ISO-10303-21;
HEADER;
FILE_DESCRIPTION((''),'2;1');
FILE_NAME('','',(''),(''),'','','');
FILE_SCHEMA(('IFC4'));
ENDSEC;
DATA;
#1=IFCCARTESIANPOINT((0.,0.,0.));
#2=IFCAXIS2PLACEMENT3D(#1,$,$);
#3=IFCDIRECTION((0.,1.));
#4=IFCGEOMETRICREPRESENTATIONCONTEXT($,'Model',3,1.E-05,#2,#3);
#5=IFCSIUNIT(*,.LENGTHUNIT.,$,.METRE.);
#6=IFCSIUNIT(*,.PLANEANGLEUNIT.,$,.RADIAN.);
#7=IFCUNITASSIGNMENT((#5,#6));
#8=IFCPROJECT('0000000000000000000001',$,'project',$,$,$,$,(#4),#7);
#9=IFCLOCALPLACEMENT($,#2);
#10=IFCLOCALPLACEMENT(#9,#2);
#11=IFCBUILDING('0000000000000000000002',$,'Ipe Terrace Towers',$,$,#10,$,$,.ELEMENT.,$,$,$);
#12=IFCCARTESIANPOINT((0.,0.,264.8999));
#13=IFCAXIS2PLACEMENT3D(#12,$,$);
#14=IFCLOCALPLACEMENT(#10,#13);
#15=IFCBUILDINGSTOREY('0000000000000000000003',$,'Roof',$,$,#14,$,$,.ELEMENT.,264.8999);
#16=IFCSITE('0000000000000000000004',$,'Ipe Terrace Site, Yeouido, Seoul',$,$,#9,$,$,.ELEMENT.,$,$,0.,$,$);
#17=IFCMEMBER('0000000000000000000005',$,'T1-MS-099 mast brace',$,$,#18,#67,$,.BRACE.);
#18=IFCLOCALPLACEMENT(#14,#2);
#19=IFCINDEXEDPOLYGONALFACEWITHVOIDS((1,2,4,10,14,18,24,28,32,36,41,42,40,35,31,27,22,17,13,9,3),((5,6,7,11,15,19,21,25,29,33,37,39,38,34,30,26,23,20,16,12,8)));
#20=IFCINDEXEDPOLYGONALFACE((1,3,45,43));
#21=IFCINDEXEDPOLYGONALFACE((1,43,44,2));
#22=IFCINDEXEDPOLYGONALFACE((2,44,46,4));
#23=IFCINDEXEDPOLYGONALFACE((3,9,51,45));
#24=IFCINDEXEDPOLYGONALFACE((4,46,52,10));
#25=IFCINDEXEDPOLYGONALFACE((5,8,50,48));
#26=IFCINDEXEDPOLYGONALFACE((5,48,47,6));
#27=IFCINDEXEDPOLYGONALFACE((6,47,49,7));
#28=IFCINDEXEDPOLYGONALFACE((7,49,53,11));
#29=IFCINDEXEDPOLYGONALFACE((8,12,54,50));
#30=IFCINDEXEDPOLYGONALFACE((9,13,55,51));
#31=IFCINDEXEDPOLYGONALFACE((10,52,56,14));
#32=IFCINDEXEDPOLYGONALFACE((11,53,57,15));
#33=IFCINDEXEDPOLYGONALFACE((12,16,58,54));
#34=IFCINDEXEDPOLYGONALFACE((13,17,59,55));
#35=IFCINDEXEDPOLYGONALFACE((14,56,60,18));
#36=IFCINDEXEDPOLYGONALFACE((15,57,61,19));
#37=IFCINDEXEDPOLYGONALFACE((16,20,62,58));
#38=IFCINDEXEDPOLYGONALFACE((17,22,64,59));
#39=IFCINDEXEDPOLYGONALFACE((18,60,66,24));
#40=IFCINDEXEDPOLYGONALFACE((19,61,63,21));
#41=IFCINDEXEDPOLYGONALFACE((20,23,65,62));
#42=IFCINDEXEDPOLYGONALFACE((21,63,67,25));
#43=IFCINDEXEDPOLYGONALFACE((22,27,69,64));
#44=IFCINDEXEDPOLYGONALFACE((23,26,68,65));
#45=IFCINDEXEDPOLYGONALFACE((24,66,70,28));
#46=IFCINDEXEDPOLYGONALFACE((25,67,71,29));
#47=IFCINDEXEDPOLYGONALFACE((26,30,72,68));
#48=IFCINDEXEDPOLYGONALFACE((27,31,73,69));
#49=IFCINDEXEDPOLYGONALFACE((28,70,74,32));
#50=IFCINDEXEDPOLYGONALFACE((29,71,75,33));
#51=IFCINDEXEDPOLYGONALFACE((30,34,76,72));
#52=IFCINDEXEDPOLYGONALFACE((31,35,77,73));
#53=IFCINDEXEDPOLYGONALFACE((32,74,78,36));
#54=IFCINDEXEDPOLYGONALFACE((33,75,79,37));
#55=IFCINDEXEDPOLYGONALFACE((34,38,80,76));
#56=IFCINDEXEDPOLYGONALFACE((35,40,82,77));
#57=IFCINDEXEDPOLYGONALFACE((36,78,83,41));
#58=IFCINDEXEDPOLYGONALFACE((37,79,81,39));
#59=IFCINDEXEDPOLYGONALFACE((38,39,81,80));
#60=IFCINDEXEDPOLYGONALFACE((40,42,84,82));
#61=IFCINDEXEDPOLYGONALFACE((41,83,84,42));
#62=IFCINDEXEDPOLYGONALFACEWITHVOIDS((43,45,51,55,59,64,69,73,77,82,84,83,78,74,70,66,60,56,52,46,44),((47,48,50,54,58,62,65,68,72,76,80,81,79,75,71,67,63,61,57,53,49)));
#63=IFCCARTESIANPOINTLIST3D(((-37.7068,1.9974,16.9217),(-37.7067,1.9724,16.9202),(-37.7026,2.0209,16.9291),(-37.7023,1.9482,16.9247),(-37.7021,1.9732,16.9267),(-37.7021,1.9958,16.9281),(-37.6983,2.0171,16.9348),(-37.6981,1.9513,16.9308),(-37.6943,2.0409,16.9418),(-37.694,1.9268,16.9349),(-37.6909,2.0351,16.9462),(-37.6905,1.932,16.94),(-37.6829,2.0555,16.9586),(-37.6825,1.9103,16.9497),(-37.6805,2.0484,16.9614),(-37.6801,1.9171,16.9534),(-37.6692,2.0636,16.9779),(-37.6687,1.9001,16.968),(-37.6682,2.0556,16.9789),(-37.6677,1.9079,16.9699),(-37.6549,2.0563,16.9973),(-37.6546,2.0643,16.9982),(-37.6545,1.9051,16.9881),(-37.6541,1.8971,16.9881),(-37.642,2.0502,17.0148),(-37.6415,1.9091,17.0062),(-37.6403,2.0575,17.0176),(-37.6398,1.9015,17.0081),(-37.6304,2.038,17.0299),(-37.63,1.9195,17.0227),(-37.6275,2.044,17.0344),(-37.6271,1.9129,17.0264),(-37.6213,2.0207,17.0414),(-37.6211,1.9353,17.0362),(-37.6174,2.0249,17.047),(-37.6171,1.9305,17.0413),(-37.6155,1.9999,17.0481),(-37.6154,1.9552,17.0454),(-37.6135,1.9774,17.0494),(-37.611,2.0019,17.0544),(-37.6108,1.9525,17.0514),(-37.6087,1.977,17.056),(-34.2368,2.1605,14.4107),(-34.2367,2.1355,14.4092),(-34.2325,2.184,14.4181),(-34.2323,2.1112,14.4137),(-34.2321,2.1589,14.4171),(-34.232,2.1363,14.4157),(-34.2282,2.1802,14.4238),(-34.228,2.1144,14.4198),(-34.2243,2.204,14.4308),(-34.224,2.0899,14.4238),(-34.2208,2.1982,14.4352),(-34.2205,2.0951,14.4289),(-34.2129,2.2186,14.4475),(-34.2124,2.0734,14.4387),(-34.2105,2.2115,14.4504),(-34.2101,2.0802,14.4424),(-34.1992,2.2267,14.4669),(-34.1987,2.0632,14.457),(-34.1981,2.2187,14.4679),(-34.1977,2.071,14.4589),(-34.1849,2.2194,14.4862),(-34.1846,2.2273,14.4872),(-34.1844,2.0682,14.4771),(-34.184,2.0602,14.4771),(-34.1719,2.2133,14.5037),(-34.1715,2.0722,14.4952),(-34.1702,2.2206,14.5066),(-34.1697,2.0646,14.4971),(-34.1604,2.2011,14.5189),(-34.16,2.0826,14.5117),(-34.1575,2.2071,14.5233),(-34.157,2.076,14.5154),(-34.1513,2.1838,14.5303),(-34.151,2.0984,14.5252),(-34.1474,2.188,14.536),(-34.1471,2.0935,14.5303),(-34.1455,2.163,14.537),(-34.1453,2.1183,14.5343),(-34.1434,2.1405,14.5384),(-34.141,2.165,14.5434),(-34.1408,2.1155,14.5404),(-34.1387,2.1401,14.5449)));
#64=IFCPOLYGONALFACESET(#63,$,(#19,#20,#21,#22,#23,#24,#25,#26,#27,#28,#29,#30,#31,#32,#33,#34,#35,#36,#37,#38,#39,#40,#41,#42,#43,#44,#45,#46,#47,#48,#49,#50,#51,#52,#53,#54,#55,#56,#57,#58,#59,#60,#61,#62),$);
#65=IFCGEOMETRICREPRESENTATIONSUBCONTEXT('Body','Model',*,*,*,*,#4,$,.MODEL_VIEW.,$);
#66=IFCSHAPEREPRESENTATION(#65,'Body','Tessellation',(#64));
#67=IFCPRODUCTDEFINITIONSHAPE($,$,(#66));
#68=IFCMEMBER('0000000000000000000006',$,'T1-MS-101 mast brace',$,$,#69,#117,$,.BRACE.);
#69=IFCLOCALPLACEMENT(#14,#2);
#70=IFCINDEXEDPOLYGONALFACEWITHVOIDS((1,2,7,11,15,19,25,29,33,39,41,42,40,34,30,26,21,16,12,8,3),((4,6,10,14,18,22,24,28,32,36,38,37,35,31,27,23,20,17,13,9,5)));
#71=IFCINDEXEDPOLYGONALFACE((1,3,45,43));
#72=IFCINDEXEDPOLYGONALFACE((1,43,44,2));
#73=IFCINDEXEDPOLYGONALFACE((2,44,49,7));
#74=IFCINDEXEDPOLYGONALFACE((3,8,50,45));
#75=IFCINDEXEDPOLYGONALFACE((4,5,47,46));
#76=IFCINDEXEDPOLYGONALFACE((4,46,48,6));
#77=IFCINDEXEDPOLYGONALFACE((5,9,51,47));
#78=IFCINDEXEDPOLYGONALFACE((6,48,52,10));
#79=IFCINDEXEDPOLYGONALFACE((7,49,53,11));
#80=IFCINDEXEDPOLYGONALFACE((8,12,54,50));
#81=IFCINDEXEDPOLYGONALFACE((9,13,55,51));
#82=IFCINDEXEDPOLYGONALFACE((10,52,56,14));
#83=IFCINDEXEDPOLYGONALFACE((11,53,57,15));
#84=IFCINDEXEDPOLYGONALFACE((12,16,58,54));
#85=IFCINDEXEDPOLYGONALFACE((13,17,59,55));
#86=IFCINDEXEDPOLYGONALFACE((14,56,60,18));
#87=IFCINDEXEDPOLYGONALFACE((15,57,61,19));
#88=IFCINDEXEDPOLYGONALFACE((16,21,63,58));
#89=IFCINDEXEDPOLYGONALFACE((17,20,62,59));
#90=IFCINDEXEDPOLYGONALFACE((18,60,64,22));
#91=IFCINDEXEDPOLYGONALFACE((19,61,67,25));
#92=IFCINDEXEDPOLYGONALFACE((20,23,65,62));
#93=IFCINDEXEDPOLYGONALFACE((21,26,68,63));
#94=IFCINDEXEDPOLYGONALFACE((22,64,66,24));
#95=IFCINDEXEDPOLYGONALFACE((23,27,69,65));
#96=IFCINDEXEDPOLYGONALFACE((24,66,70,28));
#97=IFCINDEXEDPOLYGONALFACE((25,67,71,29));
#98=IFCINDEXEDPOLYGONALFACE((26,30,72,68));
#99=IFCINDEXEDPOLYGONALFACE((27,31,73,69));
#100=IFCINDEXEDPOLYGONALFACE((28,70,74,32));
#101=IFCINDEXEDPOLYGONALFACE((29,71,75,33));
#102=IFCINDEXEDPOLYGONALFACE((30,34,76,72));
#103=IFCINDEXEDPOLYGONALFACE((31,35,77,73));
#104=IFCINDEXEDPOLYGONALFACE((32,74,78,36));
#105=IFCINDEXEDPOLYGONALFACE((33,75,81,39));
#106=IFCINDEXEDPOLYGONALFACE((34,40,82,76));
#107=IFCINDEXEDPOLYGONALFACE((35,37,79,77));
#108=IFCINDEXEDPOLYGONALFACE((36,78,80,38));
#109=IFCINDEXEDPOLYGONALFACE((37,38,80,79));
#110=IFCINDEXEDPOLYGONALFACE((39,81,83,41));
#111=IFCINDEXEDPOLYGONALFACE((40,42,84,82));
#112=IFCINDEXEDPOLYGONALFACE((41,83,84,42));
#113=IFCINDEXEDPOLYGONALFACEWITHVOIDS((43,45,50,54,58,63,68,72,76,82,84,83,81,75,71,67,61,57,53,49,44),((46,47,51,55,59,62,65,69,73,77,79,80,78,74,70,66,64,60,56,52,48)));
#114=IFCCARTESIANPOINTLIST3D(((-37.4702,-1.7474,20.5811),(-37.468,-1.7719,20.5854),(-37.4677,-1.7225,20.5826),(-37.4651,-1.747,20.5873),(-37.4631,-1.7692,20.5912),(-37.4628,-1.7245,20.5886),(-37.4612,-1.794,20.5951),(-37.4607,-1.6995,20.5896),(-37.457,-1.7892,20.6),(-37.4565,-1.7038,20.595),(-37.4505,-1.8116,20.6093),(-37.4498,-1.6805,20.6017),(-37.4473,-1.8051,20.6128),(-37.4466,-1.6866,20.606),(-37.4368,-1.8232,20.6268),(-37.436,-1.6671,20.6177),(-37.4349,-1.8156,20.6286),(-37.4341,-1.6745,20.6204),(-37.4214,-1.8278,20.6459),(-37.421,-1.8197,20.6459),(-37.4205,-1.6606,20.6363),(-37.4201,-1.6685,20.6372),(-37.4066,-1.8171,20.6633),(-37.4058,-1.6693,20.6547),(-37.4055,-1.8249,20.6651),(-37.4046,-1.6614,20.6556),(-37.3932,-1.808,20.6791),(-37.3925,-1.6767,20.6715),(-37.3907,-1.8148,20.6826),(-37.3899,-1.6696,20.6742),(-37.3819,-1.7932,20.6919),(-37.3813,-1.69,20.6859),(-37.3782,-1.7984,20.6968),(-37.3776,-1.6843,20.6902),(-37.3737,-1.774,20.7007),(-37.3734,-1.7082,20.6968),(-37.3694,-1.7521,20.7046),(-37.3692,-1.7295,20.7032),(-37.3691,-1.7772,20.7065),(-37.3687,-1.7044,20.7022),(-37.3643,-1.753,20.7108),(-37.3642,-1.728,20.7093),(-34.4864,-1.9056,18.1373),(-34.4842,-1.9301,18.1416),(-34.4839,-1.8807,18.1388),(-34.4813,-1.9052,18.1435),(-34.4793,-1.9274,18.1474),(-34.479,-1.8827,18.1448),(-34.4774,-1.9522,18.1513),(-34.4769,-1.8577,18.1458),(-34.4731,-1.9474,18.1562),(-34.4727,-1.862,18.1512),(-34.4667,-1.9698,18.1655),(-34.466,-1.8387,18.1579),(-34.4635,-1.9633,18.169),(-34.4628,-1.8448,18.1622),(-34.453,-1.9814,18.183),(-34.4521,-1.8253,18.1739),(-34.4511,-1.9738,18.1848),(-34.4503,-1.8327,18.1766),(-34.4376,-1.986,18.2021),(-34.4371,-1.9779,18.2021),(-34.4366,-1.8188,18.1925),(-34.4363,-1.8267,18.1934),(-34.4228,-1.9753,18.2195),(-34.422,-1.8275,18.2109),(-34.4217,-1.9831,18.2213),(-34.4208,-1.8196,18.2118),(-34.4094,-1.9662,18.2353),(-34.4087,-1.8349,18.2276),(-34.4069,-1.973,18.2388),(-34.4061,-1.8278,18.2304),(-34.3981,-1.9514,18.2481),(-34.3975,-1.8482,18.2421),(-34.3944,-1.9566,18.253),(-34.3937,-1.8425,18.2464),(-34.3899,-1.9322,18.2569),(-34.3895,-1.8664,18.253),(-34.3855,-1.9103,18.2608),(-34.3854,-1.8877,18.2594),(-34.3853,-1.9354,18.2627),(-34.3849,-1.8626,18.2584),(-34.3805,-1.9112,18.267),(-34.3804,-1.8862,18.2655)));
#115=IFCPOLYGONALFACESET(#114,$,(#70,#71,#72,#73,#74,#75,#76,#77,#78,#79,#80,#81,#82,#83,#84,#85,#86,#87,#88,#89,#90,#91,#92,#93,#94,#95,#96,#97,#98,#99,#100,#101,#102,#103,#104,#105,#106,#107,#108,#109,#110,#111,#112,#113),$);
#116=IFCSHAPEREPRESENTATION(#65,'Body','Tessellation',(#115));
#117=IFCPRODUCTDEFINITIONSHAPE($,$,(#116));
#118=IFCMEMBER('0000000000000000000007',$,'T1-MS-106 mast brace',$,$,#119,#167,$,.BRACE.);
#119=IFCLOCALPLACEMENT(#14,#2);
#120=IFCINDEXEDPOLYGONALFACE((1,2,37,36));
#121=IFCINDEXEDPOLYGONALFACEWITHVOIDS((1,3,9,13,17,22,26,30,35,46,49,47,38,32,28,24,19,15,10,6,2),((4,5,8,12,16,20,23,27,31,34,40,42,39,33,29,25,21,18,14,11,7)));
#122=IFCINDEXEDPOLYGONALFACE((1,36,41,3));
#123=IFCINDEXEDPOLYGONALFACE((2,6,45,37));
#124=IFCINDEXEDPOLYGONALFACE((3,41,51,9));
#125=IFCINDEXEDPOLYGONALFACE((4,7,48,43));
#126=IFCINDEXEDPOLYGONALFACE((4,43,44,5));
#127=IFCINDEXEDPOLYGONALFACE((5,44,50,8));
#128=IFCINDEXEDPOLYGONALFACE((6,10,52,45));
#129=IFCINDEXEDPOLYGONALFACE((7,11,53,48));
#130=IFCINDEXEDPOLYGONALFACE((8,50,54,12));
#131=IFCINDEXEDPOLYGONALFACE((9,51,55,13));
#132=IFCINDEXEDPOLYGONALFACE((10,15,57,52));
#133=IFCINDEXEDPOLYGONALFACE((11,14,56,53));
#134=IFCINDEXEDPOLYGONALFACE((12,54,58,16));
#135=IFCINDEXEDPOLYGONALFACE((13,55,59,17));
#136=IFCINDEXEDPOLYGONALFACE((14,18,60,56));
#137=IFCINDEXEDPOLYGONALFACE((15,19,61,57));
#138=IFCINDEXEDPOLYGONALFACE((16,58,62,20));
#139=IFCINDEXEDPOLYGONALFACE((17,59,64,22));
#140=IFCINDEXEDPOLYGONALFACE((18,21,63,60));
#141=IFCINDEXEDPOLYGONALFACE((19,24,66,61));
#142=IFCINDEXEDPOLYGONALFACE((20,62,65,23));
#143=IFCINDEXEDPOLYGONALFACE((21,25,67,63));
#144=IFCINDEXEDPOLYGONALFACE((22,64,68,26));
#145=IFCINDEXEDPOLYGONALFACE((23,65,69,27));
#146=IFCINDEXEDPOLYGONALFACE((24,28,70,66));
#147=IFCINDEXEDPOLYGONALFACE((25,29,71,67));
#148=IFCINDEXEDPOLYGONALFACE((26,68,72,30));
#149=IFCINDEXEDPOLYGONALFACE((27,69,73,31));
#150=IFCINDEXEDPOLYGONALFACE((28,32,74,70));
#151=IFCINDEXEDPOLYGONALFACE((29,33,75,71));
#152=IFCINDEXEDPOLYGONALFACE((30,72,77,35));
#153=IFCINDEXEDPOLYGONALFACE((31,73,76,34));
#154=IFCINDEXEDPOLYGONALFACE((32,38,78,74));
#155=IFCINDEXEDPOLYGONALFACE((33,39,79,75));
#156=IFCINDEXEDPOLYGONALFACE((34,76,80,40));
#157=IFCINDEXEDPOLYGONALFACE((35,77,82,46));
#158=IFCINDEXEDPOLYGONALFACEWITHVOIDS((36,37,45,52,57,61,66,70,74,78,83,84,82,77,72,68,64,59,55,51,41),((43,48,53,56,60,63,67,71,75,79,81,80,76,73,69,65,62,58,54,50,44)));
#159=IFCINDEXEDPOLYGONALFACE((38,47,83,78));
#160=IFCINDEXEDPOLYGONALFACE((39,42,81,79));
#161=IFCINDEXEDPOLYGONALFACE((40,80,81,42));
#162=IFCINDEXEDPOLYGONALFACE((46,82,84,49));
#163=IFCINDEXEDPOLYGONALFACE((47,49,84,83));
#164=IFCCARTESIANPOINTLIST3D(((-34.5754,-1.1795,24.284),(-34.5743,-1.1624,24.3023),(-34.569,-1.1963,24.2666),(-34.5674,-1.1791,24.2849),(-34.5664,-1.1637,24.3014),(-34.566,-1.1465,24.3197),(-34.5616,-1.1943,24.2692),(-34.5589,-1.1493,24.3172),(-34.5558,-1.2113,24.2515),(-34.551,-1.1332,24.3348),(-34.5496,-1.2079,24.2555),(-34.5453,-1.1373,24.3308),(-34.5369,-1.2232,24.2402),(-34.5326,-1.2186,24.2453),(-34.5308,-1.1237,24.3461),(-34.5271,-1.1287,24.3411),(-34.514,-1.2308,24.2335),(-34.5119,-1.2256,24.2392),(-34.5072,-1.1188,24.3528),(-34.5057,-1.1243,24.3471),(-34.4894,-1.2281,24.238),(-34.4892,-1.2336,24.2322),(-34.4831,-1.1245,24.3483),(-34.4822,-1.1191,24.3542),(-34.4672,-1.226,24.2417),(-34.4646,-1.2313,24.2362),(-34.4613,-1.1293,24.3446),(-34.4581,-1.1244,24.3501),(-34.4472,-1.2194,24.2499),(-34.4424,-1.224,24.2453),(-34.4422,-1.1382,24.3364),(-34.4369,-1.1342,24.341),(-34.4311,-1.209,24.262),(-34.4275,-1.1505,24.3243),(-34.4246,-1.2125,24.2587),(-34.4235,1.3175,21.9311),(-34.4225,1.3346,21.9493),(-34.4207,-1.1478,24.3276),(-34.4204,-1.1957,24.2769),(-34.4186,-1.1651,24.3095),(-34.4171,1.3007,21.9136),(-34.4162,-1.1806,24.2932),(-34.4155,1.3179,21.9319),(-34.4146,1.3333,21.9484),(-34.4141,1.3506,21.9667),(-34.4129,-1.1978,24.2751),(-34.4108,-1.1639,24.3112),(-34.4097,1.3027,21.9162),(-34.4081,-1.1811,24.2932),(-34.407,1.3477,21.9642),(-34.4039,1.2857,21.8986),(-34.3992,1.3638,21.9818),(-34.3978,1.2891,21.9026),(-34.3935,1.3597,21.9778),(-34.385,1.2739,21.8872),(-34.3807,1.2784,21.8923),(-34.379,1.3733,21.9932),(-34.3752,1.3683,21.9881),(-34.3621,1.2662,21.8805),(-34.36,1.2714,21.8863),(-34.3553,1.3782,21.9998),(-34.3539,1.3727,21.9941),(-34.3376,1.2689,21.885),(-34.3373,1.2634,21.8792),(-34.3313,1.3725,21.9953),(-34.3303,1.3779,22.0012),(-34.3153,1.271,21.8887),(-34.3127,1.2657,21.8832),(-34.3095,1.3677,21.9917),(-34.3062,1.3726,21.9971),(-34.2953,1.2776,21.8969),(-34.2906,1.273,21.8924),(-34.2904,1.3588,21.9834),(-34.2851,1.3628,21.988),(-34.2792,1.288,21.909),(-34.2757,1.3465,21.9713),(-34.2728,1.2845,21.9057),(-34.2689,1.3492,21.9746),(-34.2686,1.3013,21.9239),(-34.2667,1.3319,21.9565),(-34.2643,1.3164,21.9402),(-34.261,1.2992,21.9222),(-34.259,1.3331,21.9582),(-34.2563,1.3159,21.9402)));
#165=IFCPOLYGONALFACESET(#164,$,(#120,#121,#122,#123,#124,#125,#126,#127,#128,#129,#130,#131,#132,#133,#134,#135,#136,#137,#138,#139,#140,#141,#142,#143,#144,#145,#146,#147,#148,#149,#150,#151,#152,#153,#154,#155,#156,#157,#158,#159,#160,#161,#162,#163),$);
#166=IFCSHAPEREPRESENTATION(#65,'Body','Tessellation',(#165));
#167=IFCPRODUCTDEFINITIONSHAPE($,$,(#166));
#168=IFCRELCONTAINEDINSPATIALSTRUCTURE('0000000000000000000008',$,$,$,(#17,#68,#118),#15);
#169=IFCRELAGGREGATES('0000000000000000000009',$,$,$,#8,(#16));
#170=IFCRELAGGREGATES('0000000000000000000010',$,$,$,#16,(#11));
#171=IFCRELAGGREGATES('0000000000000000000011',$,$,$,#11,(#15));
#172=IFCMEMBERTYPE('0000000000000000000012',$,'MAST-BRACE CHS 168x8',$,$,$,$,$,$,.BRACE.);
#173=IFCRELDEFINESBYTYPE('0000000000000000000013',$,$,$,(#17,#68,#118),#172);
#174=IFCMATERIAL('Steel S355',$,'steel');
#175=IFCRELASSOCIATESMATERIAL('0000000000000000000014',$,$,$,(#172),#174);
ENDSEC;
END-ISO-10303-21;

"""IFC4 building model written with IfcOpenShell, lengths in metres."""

from ifc_helpers import new_model, si_unit, direction, frame, origin, origin_2d, place, context, subcontext, project, spatial, hollow_circle, extrude, material, material_profile, profile_set, type_object, element, save


model = new_model("IFC4")

# Units and contexts
model_context = context("Model", 3, precision=1e-05, world=origin(), true_north=direction((0.0, 1.0)))
body_context = subcontext(model_context, "Body", "Model", "MODEL_VIEW")
ifc_project = project(units=[si_unit("LENGTHUNIT", "METRE"), si_unit("PLANEANGLEUNIT", "RADIAN")], contexts=[model_context])

# Site, building, storey
site_placement = place(None, origin())
site = spatial("IfcSite", under=ifc_project, at=site_placement, Name="Ipe Terrace Site, Yeouido, Seoul", CompositionType="ELEMENT", RefElevation=0.0)
building_placement = place(site_placement, origin())
building = spatial("IfcBuilding", under=site, at=building_placement, Name="Ipe Terrace Towers", CompositionType="ELEMENT")
storey_placement = place(building_placement, frame((0.0, 0.0, 264.8999)))
storey = spatial("IfcBuildingStorey", under=building, at=storey_placement, Name="Roof", CompositionType="ELEMENT", Elevation=264.8999)

# Members
ifc_material_1 = material(Name="Steel S355", Category="steel")
ifc_material_profile_1 = material_profile(ifc_material_1, hollow_circle(Radius=0.084, WallThickness=0.0081, at=origin_2d()), Name="MAST-BRACE CHS 168x8")
ifc_profile_set_1 = profile_set([ifc_material_profile_1], Name="Steel S355")
member_type_1 = type_object("IfcMemberType", Name="MAST-BRACE CHS 168x8", PredefinedType="BRACE", material=ifc_profile_set_1)
member_1_placement = place(storey_placement, frame((-34.188, 2.144, 14.4771), z_axis=(-0.80955, -0.038048, 0.585817), x_axis=(0.046947, -0.998897, 0.0)))
element("IfcMember", 1, at=member_1_placement, inside=storey, type_object=member_type_1, Name="T1-MS-099 mast brace", PredefinedType="BRACE", context=body_context, shape_type="SweptSolid", body=[
    extrude(hollow_circle(Radius=0.084, WallThickness=0.0081, at=origin_2d()), origin(), (0.0, 0.0, 1.0), 4.2864),
])
member_2_placement = place(storey_placement, frame((-34.4331, -1.9021, 18.2021), z_axis=(-0.772991, 0.040983, 0.633091), x_axis=(-0.052945, -0.998597, 0.0)))
element("IfcMember", 2, at=member_2_placement, inside=storey, type_object=member_type_1, Name="T1-MS-101 mast brace", PredefinedType="BRACE", context=body_context, shape_type="SweptSolid", body=[
    extrude(hollow_circle(Radius=0.084, WallThickness=0.0081, at=origin_2d()), origin(), (0.0, 0.0, 1.0), 3.8601),
])
for number, where, z_axis, x_axis, name in (
    (3, (-34.3401, 1.321, 21.9402), (-0.044216, -0.727074, 0.685133), (0.998156, -0.060701, 0.0), "T1-MS-106 mast brace"),
):
    element("IfcMember", number, at=place(storey_placement, frame(where, z_axis=z_axis, x_axis=x_axis)), inside=storey, type_object=member_type_1, Name=name, PredefinedType="BRACE", context=body_context, shape_type="SweptSolid", body=[
        extrude(hollow_circle(Radius=0.084, WallThickness=0.0081, at=origin_2d()), origin(), (0.0, 0.0, 1.0), 3.4343),
    ])

save(model, "model.ifc")
